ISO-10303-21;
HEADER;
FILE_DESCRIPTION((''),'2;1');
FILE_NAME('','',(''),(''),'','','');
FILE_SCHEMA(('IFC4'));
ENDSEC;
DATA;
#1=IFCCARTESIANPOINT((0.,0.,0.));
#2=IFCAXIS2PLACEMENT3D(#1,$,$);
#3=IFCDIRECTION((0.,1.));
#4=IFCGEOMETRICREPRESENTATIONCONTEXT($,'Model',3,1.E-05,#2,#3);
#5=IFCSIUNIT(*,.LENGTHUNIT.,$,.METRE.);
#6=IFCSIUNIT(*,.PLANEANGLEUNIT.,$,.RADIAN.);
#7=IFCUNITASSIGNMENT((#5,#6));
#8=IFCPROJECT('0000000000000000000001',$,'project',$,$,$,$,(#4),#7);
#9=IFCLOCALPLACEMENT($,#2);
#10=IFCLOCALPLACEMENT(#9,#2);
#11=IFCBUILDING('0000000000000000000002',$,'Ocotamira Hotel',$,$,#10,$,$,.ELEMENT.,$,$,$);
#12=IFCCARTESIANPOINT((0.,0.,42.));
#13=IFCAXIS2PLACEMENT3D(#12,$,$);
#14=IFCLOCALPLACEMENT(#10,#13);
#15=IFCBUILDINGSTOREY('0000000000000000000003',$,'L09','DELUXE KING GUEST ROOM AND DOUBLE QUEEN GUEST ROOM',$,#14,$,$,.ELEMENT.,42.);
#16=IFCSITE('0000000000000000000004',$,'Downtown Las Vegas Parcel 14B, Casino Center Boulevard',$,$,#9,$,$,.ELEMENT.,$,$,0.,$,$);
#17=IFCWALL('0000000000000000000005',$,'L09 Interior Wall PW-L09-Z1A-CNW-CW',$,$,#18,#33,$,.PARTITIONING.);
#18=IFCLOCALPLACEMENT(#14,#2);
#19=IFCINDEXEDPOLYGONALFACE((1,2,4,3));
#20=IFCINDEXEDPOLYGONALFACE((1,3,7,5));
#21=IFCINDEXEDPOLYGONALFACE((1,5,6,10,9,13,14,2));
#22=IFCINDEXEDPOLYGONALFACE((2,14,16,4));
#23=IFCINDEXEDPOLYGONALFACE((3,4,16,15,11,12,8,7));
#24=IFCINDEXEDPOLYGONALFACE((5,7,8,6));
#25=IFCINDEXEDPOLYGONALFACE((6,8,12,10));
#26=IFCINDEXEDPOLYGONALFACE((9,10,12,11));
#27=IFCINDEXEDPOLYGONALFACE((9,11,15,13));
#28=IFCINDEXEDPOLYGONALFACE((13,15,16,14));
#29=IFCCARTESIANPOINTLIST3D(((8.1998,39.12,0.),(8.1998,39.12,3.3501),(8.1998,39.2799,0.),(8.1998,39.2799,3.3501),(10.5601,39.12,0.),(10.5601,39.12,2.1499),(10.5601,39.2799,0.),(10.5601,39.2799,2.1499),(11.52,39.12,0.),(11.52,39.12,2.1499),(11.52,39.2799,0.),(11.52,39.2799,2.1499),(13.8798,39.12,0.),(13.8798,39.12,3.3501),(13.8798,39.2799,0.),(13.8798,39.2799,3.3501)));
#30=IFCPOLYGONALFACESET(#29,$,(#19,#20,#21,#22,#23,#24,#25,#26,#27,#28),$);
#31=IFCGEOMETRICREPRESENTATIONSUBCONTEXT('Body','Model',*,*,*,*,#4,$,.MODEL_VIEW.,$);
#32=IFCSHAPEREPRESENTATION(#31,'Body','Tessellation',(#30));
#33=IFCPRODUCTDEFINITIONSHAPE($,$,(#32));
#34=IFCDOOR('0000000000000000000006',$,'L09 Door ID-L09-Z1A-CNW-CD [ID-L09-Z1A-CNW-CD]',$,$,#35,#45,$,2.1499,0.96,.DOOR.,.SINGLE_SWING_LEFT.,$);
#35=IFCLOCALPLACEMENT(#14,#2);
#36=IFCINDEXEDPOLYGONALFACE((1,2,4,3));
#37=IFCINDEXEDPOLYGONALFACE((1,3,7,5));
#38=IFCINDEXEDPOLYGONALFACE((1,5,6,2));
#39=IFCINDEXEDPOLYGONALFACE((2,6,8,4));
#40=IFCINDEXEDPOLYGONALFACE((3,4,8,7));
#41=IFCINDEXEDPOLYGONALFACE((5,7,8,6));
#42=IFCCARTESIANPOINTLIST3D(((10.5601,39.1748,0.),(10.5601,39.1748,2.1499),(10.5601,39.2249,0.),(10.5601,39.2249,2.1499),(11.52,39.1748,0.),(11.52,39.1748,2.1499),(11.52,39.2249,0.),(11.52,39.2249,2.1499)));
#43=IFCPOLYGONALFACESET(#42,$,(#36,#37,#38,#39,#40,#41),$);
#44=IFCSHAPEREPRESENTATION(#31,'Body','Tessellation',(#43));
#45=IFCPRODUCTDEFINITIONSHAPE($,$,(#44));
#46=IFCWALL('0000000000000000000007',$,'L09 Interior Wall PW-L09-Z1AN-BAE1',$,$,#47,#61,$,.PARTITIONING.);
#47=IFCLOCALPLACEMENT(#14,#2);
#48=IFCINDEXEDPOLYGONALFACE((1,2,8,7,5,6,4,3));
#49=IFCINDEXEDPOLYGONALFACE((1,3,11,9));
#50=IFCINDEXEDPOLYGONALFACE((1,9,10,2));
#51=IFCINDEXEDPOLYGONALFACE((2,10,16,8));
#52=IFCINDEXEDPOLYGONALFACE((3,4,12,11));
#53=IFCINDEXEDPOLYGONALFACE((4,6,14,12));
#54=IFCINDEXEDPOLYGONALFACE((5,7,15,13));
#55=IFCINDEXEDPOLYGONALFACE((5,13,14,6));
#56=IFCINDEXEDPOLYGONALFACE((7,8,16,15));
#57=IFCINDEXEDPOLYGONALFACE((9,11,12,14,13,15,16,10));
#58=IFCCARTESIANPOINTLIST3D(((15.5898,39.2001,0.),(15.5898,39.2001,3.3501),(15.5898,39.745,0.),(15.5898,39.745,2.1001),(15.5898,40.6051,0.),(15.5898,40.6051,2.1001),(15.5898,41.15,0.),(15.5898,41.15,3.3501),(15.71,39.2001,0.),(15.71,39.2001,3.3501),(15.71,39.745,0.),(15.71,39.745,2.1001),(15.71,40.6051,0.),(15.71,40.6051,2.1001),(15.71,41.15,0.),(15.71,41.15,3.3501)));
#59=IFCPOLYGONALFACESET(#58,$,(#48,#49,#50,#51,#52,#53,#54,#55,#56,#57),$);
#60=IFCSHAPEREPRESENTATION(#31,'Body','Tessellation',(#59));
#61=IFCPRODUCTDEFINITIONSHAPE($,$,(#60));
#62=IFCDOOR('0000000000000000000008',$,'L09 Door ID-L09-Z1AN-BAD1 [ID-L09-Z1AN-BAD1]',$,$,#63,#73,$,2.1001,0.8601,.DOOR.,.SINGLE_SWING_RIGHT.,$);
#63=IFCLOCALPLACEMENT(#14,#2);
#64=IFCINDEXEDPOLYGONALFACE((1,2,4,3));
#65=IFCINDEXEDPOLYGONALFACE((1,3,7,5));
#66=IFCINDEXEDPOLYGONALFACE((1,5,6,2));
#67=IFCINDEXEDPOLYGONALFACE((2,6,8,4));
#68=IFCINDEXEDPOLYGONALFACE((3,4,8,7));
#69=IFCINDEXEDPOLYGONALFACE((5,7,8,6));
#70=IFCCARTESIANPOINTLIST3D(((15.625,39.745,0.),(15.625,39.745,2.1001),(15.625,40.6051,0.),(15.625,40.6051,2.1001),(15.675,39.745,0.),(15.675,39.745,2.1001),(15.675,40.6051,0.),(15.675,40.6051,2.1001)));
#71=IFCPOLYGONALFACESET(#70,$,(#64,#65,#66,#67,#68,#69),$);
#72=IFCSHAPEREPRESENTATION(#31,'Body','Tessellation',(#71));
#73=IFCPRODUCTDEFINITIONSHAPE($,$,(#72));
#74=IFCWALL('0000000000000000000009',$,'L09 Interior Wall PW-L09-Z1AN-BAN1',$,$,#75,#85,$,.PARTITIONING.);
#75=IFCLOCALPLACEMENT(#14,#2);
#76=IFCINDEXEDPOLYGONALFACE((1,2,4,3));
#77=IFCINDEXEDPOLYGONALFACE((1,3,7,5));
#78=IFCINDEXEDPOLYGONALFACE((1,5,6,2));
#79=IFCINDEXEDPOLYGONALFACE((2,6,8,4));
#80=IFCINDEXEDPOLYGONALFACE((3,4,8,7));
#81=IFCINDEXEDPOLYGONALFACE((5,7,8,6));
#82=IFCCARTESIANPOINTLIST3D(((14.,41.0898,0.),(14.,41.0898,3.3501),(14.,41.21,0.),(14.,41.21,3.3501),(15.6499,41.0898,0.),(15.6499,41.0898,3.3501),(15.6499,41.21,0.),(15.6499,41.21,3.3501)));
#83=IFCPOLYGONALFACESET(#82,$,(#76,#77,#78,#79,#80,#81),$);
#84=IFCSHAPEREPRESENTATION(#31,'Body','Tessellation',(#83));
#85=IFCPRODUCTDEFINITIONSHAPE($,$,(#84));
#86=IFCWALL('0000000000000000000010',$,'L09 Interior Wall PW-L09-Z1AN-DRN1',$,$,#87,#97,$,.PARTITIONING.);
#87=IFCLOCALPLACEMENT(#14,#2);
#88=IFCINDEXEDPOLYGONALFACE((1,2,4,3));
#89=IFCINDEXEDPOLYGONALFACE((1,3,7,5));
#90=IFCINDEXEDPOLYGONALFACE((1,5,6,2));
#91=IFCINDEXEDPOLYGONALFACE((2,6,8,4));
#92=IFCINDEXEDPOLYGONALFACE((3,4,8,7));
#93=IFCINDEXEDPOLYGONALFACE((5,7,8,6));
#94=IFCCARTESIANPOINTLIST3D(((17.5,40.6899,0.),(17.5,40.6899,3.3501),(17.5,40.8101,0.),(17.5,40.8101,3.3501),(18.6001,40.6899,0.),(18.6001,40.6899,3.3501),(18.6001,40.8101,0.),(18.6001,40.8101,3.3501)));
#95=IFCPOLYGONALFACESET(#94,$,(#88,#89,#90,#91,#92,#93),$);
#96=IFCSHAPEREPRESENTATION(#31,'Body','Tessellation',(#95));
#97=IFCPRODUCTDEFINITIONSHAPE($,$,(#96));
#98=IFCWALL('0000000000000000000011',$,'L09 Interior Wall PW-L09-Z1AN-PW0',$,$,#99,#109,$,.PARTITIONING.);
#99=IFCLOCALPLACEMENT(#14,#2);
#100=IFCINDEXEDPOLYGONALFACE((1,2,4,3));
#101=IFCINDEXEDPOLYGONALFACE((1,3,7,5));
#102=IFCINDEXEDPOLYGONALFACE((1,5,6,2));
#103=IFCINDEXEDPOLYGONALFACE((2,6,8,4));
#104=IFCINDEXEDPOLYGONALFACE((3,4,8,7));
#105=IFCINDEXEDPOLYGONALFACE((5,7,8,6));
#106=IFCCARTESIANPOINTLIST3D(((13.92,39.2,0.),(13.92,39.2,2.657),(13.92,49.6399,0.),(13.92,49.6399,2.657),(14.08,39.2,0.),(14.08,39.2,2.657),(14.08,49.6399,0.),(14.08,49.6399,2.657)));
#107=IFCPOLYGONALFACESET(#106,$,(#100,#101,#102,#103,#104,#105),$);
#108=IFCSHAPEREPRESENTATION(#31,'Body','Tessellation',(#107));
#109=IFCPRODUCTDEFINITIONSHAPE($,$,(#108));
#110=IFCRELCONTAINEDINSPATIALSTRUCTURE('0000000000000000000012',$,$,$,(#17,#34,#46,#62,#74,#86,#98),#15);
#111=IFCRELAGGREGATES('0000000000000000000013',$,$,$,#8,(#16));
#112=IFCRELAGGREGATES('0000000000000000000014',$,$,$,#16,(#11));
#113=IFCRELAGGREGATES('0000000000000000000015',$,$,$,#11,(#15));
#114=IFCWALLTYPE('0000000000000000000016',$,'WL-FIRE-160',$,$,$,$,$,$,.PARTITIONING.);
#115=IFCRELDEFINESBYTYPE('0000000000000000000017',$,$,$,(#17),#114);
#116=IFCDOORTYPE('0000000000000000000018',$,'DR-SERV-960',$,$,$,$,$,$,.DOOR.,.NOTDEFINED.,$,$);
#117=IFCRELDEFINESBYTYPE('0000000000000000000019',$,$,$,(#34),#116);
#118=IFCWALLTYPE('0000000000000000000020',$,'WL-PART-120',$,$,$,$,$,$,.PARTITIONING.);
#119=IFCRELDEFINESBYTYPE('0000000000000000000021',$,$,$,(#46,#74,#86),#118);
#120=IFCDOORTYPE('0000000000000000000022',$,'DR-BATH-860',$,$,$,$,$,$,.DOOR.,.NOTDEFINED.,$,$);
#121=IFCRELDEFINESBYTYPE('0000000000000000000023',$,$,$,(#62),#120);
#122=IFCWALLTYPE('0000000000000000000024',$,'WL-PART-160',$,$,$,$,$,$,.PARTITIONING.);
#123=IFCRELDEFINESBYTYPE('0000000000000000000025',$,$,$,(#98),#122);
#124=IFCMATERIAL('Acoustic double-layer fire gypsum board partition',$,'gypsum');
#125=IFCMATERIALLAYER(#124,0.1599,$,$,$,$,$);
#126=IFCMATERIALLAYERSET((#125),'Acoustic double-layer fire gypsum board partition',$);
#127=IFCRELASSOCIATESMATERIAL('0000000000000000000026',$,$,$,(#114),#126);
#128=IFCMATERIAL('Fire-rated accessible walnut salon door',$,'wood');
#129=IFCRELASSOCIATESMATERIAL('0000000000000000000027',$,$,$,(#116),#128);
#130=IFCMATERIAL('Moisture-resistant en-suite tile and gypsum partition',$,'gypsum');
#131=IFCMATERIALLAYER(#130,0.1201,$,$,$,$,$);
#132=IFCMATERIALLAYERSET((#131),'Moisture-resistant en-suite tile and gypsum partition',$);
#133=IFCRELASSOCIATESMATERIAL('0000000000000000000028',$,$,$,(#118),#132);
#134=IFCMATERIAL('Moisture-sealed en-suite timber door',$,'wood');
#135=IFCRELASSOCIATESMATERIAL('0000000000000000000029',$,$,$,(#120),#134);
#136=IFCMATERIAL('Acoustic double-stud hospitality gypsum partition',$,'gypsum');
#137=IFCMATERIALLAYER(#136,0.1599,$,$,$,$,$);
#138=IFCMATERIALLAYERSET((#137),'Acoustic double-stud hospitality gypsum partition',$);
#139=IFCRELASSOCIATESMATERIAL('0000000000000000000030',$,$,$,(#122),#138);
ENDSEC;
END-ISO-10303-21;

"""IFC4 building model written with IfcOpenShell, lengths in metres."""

from ifc_helpers import new_model, si_unit, direction, frame, frame_2d, origin, place, context, subcontext, project, spatial, rectangle, extrude, source, transform, mapped, material, layer, layer_set, type_object, element, fill, save


model = new_model("IFC4")

# Units and contexts
model_context = context("Model", 3, precision=1e-05, world=origin(), true_north=direction((0.0, 1.0)))
body_context = subcontext(model_context, "Body", "Model", "MODEL_VIEW")
ifc_project = project(units=[si_unit("LENGTHUNIT", "METRE"), si_unit("PLANEANGLEUNIT", "RADIAN")], contexts=[model_context])

# Site, building, storey
site_placement = place(None, origin())
site = spatial("IfcSite", under=ifc_project, at=site_placement, Name="Downtown Las Vegas Parcel 14B, Casino Center Boulevard", CompositionType="ELEMENT", RefElevation=0.0)
building_placement = place(site_placement, origin())
building = spatial("IfcBuilding", under=site, at=building_placement, Name="Ocotamira Hotel", CompositionType="ELEMENT")
storey_placement = place(building_placement, frame((0.0, 0.0, 42.0)))
storey = spatial("IfcBuildingStorey", under=building, at=storey_placement, Name="L09", Description="DELUXE KING GUEST ROOM AND DOUBLE QUEEN GUEST ROOM", CompositionType="ELEMENT", Elevation=42.0)

# Wall, opening, door
ifc_material_1 = material(Name="Acoustic double-layer fire gypsum board partition", Category="gypsum")
ifc_layer_1 = layer(ifc_material_1, 0.1599)
ifc_layer_set_1 = layer_set([ifc_layer_1], Name="Acoustic double-layer fire gypsum board partition")
wall_type_1 = type_object("IfcWallType", Name="WL-FIRE-160", PredefinedType="PARTITIONING", material=ifc_layer_set_1)
wall_1_placement = place(storey_placement, frame((8.2, 39.2, 0.0), z_axis=(0.0, 0.0, 1.0), x_axis=(1.0, 0.0, 0.0)))
wall_1 = element("IfcWall", 1, at=wall_1_placement, inside=storey, type_object=wall_type_1, Name="L09 Interior Wall PW-L09-Z1A-CNW-CW", PredefinedType="PARTITIONING", context=body_context, shape_type="SweptSolid", body=[
    extrude(rectangle(XDim=5.6799, YDim=0.1599, at=frame_2d((2.8398, 0.0))), origin(), (0.0, 0.0, 1.0), 3.3501),
])
opening_1_placement = place(wall_1_placement, frame((2.3601, 0.0, 0.0)))
opening_1 = element("IfcOpeningElement", 2, at=opening_1_placement, cuts=wall_1, PredefinedType="OPENING", context=body_context, shape_type="SweptSolid", body=[
    extrude(rectangle(XDim=0.96, YDim=2.1499, at=frame_2d((0.48, 1.075))), frame((0.0, 0.0898, 0.0), z_axis=(0.0, -1.0, 0.0), x_axis=(1.0, 0.0, 0.0)), (0.0, 0.0, 1.0), 0.1799),
])
ifc_material_2 = material(Name="Fire-rated accessible walnut salon door", Category="wood")
door_type_1 = type_object("IfcDoorType", Name="DR-SERV-960", OperationType="NOTDEFINED", PredefinedType="DOOR", material=ifc_material_2)
shared_shape_1 = source(origin(), body_context, "Body", "SweptSolid", [
    extrude(rectangle(XDim=0.96, YDim=2.1499, at=frame_2d((0.48, 1.075))), frame((0.0, 0.0249, 0.0), z_axis=(0.0, -1.0, 0.0), x_axis=(1.0, 0.0, 0.0)), (0.0, 0.0, 1.0), 0.05),
])
door_1_placement = place(opening_1_placement, origin())
door_1 = element("IfcDoor", 3, at=door_1_placement, inside=storey, type_object=door_type_1, Name="L09 Door ID-L09-Z1A-CNW-CD [ID-L09-Z1A-CNW-CD]", OperationType="SINGLE_SWING_LEFT", OverallHeight=2.1499, OverallWidth=0.96, PredefinedType="DOOR", context=body_context, shape_type="MappedRepresentation", body=[
    mapped(shared_shape_1, transform((0.0, 0.0, 0.0), scale=1.0)),
])
fill(opening_1, door_1)

# Wall, opening, door
ifc_material_3 = material(Name="Moisture-resistant en-suite tile and gypsum partition", Category="gypsum")
ifc_layer_2 = layer(ifc_material_3, 0.1201)
ifc_layer_set_2 = layer_set([ifc_layer_2], Name="Moisture-resistant en-suite tile and gypsum partition")
wall_type_2 = type_object("IfcWallType", Name="WL-PART-120", PredefinedType="PARTITIONING", material=ifc_layer_set_2)
wall_2_placement = place(storey_placement, frame((15.6499, 39.2, 0.0), z_axis=(0.0, 0.0, 1.0), x_axis=(0.0, 1.0, 0.0)))
wall_2 = element("IfcWall", 4, at=wall_2_placement, inside=storey, type_object=wall_type_2, Name="L09 Interior Wall PW-L09-Z1AN-BAE1", PredefinedType="PARTITIONING", context=body_context, shape_type="SweptSolid", body=[
    extrude(rectangle(XDim=1.95, YDim=0.1201, at=frame_2d((0.9751, 0.0))), origin(), (0.0, 0.0, 1.0), 3.3501),
])
opening_2_placement = place(wall_2_placement, frame((0.5449, 0.0, 0.0)))
opening_2 = element("IfcOpeningElement", 5, at=opening_2_placement, cuts=wall_2, PredefinedType="OPENING", context=body_context, shape_type="SweptSolid", body=[
    extrude(rectangle(XDim=0.8601, YDim=2.1001, at=frame_2d((0.4302, 1.05))), frame((0.0, 0.0701, 0.0), z_axis=(0.0, -1.0, 0.0), x_axis=(1.0, 0.0, 0.0)), (0.0, 0.0, 1.0), 0.1401),
])
ifc_material_4 = material(Name="Moisture-sealed en-suite timber door", Category="wood")
door_type_2 = type_object("IfcDoorType", Name="DR-BATH-860", OperationType="NOTDEFINED", PredefinedType="DOOR", material=ifc_material_4)
shared_shape_2 = source(origin(), body_context, "Body", "SweptSolid", [
    extrude(rectangle(XDim=0.8601, YDim=2.1001, at=frame_2d((0.4302, 1.05))), frame((0.0, 0.0249, 0.0), z_axis=(0.0, -1.0, 0.0), x_axis=(1.0, 0.0, 0.0)), (0.0, 0.0, 1.0), 0.05),
])
door_2_placement = place(opening_2_placement, origin())
door_2 = element("IfcDoor", 6, at=door_2_placement, inside=storey, type_object=door_type_2, Name="L09 Door ID-L09-Z1AN-BAD1 [ID-L09-Z1AN-BAD1]", OperationType="SINGLE_SWING_RIGHT", OverallHeight=2.1001, OverallWidth=0.8601, PredefinedType="DOOR", context=body_context, shape_type="MappedRepresentation", body=[
    mapped(shared_shape_2, transform((0.0, 0.0, 0.0), scale=1.0)),
])
fill(opening_2, door_2)

# Walls
wall_3_placement = place(storey_placement, frame((14.0, 41.1499, 0.0), z_axis=(0.0, 0.0, 1.0), x_axis=(1.0, 0.0, 0.0)))
element("IfcWall", 7, at=wall_3_placement, inside=storey, type_object=wall_type_2, Name="L09 Interior Wall PW-L09-Z1AN-BAN1", PredefinedType="PARTITIONING", context=body_context, shape_type="SweptSolid", body=[
    extrude(rectangle(XDim=1.6499, YDim=0.1201, at=frame_2d((0.825, 0.0))), origin(), (0.0, 0.0, 1.0), 3.3501),
])
wall_4_placement = place(storey_placement, frame((17.5, 40.75, 0.0), z_axis=(0.0, 0.0, 1.0), x_axis=(1.0, 0.0, 0.0)))
element("IfcWall", 8, at=wall_4_placement, inside=storey, type_object=wall_type_2, Name="L09 Interior Wall PW-L09-Z1AN-DRN1", PredefinedType="PARTITIONING", context=body_context, shape_type="SweptSolid", body=[
    extrude(rectangle(XDim=1.1001, YDim=0.1201, at=frame_2d((0.55, 0.0))), origin(), (0.0, 0.0, 1.0), 3.3501),
])
ifc_material_5 = material(Name="Acoustic double-stud hospitality gypsum partition", Category="gypsum")
ifc_layer_3 = layer(ifc_material_5, 0.1599)
ifc_layer_set_3 = layer_set([ifc_layer_3], Name="Acoustic double-stud hospitality gypsum partition")
wall_type_3 = type_object("IfcWallType", Name="WL-PART-160", PredefinedType="PARTITIONING", material=ifc_layer_set_3)
wall_5_placement = place(storey_placement, frame((14.0, 39.2, 0.0), z_axis=(0.0, 0.0, 1.0), x_axis=(0.0, 1.0, 0.0)))
element("IfcWall", 9, at=wall_5_placement, inside=storey, type_object=wall_type_3, Name="L09 Interior Wall PW-L09-Z1AN-PW0", PredefinedType="PARTITIONING", context=body_context, shape_type="SweptSolid", body=[
    extrude(rectangle(XDim=10.4399, YDim=0.1599, at=frame_2d((5.22, 0.0))), origin(), (0.0, 0.0, 1.0), 2.657),
])

save(model, "model.ifc")
